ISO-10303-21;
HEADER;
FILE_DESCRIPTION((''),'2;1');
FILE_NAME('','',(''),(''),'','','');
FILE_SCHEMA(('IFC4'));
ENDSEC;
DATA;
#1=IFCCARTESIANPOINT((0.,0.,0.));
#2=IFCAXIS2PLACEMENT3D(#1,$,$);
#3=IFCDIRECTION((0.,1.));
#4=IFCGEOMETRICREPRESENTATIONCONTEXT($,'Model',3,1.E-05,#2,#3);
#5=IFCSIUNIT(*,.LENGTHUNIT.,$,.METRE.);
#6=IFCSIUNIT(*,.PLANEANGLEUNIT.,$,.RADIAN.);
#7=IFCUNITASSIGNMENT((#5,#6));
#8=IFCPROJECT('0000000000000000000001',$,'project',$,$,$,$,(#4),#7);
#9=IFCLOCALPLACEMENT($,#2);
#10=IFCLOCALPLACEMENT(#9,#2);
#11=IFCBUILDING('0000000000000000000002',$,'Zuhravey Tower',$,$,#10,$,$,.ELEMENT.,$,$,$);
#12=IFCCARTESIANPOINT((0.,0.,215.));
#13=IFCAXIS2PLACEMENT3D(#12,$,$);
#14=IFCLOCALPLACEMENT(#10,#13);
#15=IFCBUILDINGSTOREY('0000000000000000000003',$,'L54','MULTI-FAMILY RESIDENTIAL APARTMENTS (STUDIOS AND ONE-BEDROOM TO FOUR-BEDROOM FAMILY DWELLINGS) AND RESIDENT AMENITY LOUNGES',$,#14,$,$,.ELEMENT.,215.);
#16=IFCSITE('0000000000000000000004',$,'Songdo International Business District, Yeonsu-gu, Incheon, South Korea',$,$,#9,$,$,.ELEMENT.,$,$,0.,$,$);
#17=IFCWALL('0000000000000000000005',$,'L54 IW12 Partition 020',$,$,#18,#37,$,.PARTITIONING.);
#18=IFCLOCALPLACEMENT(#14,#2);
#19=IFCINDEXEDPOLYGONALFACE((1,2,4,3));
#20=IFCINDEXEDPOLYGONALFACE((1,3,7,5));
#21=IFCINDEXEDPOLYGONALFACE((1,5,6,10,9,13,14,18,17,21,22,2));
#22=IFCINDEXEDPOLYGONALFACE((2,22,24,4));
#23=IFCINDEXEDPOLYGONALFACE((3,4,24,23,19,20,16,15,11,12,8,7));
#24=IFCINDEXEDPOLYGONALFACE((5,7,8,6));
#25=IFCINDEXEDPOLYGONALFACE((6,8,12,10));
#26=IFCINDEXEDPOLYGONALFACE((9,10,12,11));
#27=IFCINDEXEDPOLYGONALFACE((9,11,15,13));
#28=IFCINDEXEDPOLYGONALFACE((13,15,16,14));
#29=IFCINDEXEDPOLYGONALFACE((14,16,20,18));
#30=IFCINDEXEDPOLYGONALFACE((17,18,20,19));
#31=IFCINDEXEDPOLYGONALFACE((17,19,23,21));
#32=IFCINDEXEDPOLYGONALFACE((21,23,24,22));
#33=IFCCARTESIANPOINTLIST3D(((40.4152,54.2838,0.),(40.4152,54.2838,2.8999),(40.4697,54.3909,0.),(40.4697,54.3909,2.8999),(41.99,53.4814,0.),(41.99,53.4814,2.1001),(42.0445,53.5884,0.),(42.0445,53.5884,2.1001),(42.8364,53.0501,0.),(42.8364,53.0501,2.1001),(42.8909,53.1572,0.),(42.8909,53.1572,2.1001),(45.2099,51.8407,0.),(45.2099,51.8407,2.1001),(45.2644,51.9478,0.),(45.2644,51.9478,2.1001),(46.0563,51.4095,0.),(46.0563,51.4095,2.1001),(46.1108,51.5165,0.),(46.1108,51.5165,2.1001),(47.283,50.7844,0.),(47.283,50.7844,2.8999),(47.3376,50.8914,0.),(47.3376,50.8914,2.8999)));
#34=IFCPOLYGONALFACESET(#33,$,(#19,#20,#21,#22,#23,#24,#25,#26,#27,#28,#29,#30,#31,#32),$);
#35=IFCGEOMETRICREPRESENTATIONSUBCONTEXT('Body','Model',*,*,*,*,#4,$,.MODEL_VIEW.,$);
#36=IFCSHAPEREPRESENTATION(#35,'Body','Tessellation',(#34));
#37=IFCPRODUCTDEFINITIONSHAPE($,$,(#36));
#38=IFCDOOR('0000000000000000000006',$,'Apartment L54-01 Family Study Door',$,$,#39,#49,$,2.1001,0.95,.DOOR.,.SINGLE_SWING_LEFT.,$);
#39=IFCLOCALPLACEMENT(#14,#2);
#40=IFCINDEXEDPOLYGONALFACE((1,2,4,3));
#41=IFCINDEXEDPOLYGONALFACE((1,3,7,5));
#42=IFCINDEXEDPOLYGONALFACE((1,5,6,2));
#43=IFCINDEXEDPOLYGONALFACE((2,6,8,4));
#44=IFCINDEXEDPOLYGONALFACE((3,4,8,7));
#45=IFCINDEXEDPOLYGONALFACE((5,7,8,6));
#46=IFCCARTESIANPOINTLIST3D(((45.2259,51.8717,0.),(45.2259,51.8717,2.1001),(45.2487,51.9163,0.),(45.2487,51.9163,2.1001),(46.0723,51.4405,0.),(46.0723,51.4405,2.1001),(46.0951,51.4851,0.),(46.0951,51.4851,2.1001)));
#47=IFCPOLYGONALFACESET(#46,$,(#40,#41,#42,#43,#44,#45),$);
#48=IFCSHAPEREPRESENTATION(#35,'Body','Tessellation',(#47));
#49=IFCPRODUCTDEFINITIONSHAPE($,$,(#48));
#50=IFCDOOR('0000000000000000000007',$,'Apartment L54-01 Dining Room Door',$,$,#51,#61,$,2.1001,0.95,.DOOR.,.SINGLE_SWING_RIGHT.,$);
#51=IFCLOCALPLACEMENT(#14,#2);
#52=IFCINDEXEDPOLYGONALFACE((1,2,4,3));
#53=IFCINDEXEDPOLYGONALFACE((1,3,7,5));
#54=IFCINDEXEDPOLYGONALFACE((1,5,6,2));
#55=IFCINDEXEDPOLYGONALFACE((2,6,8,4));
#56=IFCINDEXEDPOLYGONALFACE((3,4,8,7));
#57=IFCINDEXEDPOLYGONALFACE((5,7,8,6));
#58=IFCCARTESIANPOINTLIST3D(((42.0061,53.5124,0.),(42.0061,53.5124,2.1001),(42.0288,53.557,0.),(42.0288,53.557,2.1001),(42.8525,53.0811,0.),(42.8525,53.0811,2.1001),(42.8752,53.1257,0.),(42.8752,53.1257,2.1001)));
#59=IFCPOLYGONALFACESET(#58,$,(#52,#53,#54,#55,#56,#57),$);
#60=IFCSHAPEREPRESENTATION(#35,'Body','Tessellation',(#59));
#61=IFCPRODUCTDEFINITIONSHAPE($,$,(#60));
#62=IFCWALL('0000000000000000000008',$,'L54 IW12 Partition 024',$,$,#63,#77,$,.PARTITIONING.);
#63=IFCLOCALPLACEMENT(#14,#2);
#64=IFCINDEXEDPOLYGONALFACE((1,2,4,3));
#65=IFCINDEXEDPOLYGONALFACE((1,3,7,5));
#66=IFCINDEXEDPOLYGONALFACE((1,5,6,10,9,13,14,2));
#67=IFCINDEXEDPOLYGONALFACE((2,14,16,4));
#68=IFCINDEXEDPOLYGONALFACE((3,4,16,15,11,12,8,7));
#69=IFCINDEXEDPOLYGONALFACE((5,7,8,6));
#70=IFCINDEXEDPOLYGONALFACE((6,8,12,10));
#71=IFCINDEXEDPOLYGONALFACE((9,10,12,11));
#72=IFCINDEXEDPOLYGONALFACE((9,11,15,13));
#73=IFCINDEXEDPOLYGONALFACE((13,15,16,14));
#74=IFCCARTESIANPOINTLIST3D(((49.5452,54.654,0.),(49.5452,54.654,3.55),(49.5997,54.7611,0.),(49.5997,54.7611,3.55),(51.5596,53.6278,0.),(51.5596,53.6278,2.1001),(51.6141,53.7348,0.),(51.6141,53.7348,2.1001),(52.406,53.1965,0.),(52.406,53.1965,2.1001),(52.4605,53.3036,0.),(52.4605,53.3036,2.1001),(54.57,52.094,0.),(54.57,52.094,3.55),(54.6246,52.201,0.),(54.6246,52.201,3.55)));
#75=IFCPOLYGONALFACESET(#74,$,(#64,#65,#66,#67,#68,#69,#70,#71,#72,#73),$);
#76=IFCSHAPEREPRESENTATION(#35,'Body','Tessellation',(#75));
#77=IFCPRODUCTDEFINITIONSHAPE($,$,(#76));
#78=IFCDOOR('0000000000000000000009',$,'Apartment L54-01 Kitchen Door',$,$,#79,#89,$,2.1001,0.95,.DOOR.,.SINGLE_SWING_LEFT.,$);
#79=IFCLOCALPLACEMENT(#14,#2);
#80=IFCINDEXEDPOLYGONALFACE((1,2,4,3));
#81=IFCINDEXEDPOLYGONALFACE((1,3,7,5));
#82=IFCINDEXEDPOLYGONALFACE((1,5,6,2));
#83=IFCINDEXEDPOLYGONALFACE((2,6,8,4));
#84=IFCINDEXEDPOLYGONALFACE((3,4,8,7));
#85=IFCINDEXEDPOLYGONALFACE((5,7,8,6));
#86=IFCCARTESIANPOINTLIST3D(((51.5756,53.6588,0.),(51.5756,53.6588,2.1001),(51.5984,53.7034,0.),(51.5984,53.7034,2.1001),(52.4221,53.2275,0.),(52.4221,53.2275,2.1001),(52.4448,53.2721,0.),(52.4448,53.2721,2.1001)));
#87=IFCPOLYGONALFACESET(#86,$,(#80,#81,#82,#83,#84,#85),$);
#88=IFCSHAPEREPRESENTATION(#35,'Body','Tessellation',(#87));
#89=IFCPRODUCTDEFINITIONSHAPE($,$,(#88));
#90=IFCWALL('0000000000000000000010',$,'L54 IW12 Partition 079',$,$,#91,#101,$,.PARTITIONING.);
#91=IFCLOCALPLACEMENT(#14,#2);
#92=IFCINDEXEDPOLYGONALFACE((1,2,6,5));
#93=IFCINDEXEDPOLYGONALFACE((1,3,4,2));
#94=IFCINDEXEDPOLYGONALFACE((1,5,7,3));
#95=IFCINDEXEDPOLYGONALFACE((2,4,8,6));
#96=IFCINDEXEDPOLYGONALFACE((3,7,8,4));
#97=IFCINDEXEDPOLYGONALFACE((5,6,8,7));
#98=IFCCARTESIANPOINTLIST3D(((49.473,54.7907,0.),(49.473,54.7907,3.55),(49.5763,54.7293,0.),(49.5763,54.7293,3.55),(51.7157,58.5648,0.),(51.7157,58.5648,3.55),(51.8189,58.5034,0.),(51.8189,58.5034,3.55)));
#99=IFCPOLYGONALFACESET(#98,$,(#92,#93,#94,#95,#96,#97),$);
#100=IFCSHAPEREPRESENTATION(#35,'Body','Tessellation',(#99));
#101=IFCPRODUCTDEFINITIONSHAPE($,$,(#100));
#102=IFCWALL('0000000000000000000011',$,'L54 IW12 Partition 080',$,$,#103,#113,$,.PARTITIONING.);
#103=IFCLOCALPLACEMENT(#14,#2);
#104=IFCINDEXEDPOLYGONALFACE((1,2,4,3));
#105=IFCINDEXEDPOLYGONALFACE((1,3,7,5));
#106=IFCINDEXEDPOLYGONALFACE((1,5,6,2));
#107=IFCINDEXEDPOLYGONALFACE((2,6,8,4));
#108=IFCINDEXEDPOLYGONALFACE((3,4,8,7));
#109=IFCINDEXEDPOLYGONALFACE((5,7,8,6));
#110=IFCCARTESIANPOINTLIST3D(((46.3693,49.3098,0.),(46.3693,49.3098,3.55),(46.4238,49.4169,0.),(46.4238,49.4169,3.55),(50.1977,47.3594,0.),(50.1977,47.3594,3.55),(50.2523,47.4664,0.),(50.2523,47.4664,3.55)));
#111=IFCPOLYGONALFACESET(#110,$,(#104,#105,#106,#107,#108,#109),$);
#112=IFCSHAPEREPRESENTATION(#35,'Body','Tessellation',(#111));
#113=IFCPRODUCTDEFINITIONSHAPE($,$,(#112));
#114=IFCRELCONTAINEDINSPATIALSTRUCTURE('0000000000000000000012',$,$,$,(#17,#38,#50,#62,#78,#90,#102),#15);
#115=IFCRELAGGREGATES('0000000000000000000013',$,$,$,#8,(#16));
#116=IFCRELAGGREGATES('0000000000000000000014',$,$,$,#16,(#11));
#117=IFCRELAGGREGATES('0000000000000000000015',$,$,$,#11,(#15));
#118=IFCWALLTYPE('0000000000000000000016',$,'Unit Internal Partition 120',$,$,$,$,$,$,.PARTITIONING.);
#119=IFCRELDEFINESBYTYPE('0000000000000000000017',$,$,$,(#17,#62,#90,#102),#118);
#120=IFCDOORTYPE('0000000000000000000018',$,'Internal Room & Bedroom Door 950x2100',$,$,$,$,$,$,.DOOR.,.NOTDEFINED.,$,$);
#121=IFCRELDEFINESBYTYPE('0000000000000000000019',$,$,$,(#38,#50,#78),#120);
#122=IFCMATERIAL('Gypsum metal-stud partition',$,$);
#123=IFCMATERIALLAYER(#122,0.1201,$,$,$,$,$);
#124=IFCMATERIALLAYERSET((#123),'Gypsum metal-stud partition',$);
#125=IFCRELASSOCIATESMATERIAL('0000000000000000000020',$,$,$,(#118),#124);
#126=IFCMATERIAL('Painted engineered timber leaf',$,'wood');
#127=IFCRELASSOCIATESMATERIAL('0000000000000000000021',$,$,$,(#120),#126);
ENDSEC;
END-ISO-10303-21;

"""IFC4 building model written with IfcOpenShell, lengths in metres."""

from ifc_helpers import new_model, si_unit, direction, frame, frame_2d, origin, place, context, subcontext, project, spatial, rectangle, extrude, material, layer, layer_set, type_object, element, fill, save


model = new_model("IFC4")

# Units and contexts
model_context = context("Model", 3, precision=1e-05, world=origin(), true_north=direction((0.0, 1.0)))
body_context = subcontext(model_context, "Body", "Model", "MODEL_VIEW")
ifc_project = project(units=[si_unit("LENGTHUNIT", "METRE"), si_unit("PLANEANGLEUNIT", "RADIAN")], contexts=[model_context])

# Site, building, storey
site_placement = place(None, origin())
site = spatial("IfcSite", under=ifc_project, at=site_placement, Name="Songdo International Business District, Yeonsu-gu, Incheon, South Korea", CompositionType="ELEMENT", RefElevation=0.0)
building_placement = place(site_placement, origin())
building = spatial("IfcBuilding", under=site, at=building_placement, Name="Zuhravey Tower", CompositionType="ELEMENT")
storey_placement = place(building_placement, frame((0.0, 0.0, 215.0)))
storey = spatial("IfcBuildingStorey", under=building, at=storey_placement, Name="L54", Description="MULTI-FAMILY RESIDENTIAL APARTMENTS (STUDIOS AND ONE-BEDROOM TO FOUR-BEDROOM FAMILY DWELLINGS) AND RESIDENT AMENITY LOUNGES", CompositionType="ELEMENT", Elevation=215.0)

# Wall, openings, doors
ifc_material_1 = material(Name="Gypsum metal-stud partition")
ifc_layer_1 = layer(ifc_material_1, 0.1201)
ifc_layer_set_1 = layer_set([ifc_layer_1], Name="Gypsum metal-stud partition")
wall_type_1 = type_object("IfcWallType", Name="Unit Internal Partition 120", PredefinedType="PARTITIONING", material=ifc_layer_set_1)
wall_1_placement = place(storey_placement, frame((47.3103, 50.8379, 0.0), z_axis=(0.0, 0.0, 1.0), x_axis=(-0.891, 0.454004, 0.0)))
wall_1 = element("IfcWall", 1, at=wall_1_placement, inside=storey, type_object=wall_type_1, Name="L54 IW12 Partition 020", PredefinedType="PARTITIONING", context=body_context, shape_type="SweptSolid", body=[
    extrude(rectangle(XDim=7.708, YDim=0.1201, at=frame_2d((3.854, 0.0))), origin(), (0.0, 0.0, 1.0), 2.8999),
])
opening_1_placement = place(wall_1_placement, frame((1.3767, 0.0, 0.0)))
opening_1 = element("IfcOpeningElement", 2, at=opening_1_placement, cuts=wall_1, PredefinedType="OPENING", context=body_context, shape_type="SweptSolid", body=[
    extrude(rectangle(XDim=0.95, YDim=2.1001, at=frame_2d((0.4751, 1.05))), frame((0.0, 0.072, 0.0), z_axis=(0.0, -1.0, 0.0), x_axis=(1.0, 0.0, 0.0)), (0.0, 0.0, 1.0), 0.144),
])
opening_2_placement = place(wall_1_placement, frame((4.9905, 0.0, 0.0)))
opening_2 = element("IfcOpeningElement", 3, at=opening_2_placement, cuts=wall_1, PredefinedType="OPENING", context=body_context, shape_type="SweptSolid", body=[
    extrude(rectangle(XDim=0.95, YDim=2.1001, at=frame_2d((0.4751, 1.05))), frame((0.0, 0.072, 0.0), z_axis=(0.0, -1.0, 0.0), x_axis=(1.0, 0.0, 0.0)), (0.0, 0.0, 1.0), 0.144),
])
ifc_material_2 = material(Name="Painted engineered timber leaf", Category="wood")
door_type = type_object("IfcDoorType", Name="Internal Room & Bedroom Door 950x2100", OperationType="NOTDEFINED", PredefinedType="DOOR", material=ifc_material_2)
door_1_placement = place(opening_1_placement, frame((0.95, 0.0, 0.0), z_axis=(0.0, 0.0, 1.0), x_axis=(-1.0, 0.0, 0.0)))
door_1 = element("IfcDoor", 4, at=door_1_placement, inside=storey, type_object=door_type, Name="Apartment L54-01 Family Study Door", OperationType="SINGLE_SWING_LEFT", OverallHeight=2.1001, OverallWidth=0.95, PredefinedType="DOOR", context=body_context, shape_type="SweptSolid", body=[
    extrude(rectangle(XDim=0.95, YDim=2.1001, at=frame_2d((0.4751, 1.05))), frame((0.0, 0.0249, 0.0), z_axis=(0.0, -1.0, 0.0), x_axis=(1.0, 0.0, 0.0)), (0.0, 0.0, 1.0), 0.05),
])
fill(opening_1, door_1)
door_2_placement = place(opening_2_placement, frame((0.95, 0.0, 0.0), z_axis=(0.0, 0.0, 1.0), x_axis=(-1.0, 0.0, 0.0)))
door_2 = element("IfcDoor", 5, at=door_2_placement, inside=storey, type_object=door_type, Name="Apartment L54-01 Dining Room Door", OperationType="SINGLE_SWING_RIGHT", OverallHeight=2.1001, OverallWidth=0.95, PredefinedType="DOOR", context=body_context, shape_type="SweptSolid", body=[
    extrude(rectangle(XDim=0.95, YDim=2.1001, at=frame_2d((0.4751, 1.05))), frame((0.0, 0.0249, 0.0), z_axis=(0.0, -1.0, 0.0), x_axis=(1.0, 0.0, 0.0)), (0.0, 0.0, 1.0), 0.05),
])
fill(opening_2, door_2)

# Wall, opening, door
wall_2_placement = place(storey_placement, frame((54.5974, 52.1475, 0.0), z_axis=(0.0, 0.0, 1.0), x_axis=(-0.891025, 0.453954, 0.0)))
wall_2 = element("IfcWall", 6, at=wall_2_placement, inside=storey, type_object=wall_type_1, Name="L54 IW12 Partition 024", PredefinedType="PARTITIONING", context=body_context, shape_type="SweptSolid", body=[
    extrude(rectangle(XDim=5.6394, YDim=0.1201, at=frame_2d((2.8198, 0.0))), origin(), (0.0, 0.0, 1.0), 3.55),
])
opening_3_placement = place(wall_2_placement, frame((2.4287, 0.0, 0.0)))
opening_3 = element("IfcOpeningElement", 7, at=opening_3_placement, cuts=wall_2, PredefinedType="OPENING", context=body_context, shape_type="SweptSolid", body=[
    extrude(rectangle(XDim=0.95, YDim=2.1001, at=frame_2d((0.4751, 1.05))), frame((0.0, 0.072, 0.0), z_axis=(0.0, -1.0, 0.0), x_axis=(1.0, 0.0, 0.0)), (0.0, 0.0, 1.0), 0.144),
])
door_3_placement = place(opening_3_placement, frame((0.95, 0.0, 0.0), z_axis=(0.0, 0.0, 1.0), x_axis=(-1.0, 0.0, 0.0)))
door_3 = element("IfcDoor", 8, at=door_3_placement, inside=storey, type_object=door_type, Name="Apartment L54-01 Kitchen Door", OperationType="SINGLE_SWING_LEFT", OverallHeight=2.1001, OverallWidth=0.95, PredefinedType="DOOR", context=body_context, shape_type="SweptSolid", body=[
    extrude(rectangle(XDim=0.95, YDim=2.1001, at=frame_2d((0.4751, 1.05))), frame((0.0, 0.0249, 0.0), z_axis=(0.0, -1.0, 0.0), x_axis=(1.0, 0.0, 0.0)), (0.0, 0.0, 1.0), 0.05),
])
fill(opening_3, door_3)

# Walls
wall_3_placement = place(storey_placement, frame((49.5247, 54.76, 0.0), z_axis=(0.0, 0.0, 1.0), x_axis=(0.510836, 0.859678, 0.0)))
element("IfcWall", 9, at=wall_3_placement, inside=storey, type_object=wall_type_1, Name="L54 IW12 Partition 079", PredefinedType="PARTITIONING", context=body_context, shape_type="SweptSolid", body=[
    extrude(rectangle(XDim=4.3901, YDim=0.1201, at=frame_2d((2.1951, 0.0))), origin(), (0.0, 0.0, 1.0), 3.55),
])
wall_4_placement = place(storey_placement, frame((50.2251, 47.4128, 0.0), z_axis=(0.0, 0.0, 1.0), x_axis=(-0.891026, 0.453951, 0.0)))
element("IfcWall", 10, at=wall_4_placement, inside=storey, type_object=wall_type_1, Name="L54 IW12 Partition 080", PredefinedType="PARTITIONING", context=body_context, shape_type="SweptSolid", body=[
    extrude(rectangle(XDim=4.2966, YDim=0.1201, at=frame_2d((2.1484, 0.0))), origin(), (0.0, 0.0, 1.0), 3.55),
])

save(model, "model.ifc")
